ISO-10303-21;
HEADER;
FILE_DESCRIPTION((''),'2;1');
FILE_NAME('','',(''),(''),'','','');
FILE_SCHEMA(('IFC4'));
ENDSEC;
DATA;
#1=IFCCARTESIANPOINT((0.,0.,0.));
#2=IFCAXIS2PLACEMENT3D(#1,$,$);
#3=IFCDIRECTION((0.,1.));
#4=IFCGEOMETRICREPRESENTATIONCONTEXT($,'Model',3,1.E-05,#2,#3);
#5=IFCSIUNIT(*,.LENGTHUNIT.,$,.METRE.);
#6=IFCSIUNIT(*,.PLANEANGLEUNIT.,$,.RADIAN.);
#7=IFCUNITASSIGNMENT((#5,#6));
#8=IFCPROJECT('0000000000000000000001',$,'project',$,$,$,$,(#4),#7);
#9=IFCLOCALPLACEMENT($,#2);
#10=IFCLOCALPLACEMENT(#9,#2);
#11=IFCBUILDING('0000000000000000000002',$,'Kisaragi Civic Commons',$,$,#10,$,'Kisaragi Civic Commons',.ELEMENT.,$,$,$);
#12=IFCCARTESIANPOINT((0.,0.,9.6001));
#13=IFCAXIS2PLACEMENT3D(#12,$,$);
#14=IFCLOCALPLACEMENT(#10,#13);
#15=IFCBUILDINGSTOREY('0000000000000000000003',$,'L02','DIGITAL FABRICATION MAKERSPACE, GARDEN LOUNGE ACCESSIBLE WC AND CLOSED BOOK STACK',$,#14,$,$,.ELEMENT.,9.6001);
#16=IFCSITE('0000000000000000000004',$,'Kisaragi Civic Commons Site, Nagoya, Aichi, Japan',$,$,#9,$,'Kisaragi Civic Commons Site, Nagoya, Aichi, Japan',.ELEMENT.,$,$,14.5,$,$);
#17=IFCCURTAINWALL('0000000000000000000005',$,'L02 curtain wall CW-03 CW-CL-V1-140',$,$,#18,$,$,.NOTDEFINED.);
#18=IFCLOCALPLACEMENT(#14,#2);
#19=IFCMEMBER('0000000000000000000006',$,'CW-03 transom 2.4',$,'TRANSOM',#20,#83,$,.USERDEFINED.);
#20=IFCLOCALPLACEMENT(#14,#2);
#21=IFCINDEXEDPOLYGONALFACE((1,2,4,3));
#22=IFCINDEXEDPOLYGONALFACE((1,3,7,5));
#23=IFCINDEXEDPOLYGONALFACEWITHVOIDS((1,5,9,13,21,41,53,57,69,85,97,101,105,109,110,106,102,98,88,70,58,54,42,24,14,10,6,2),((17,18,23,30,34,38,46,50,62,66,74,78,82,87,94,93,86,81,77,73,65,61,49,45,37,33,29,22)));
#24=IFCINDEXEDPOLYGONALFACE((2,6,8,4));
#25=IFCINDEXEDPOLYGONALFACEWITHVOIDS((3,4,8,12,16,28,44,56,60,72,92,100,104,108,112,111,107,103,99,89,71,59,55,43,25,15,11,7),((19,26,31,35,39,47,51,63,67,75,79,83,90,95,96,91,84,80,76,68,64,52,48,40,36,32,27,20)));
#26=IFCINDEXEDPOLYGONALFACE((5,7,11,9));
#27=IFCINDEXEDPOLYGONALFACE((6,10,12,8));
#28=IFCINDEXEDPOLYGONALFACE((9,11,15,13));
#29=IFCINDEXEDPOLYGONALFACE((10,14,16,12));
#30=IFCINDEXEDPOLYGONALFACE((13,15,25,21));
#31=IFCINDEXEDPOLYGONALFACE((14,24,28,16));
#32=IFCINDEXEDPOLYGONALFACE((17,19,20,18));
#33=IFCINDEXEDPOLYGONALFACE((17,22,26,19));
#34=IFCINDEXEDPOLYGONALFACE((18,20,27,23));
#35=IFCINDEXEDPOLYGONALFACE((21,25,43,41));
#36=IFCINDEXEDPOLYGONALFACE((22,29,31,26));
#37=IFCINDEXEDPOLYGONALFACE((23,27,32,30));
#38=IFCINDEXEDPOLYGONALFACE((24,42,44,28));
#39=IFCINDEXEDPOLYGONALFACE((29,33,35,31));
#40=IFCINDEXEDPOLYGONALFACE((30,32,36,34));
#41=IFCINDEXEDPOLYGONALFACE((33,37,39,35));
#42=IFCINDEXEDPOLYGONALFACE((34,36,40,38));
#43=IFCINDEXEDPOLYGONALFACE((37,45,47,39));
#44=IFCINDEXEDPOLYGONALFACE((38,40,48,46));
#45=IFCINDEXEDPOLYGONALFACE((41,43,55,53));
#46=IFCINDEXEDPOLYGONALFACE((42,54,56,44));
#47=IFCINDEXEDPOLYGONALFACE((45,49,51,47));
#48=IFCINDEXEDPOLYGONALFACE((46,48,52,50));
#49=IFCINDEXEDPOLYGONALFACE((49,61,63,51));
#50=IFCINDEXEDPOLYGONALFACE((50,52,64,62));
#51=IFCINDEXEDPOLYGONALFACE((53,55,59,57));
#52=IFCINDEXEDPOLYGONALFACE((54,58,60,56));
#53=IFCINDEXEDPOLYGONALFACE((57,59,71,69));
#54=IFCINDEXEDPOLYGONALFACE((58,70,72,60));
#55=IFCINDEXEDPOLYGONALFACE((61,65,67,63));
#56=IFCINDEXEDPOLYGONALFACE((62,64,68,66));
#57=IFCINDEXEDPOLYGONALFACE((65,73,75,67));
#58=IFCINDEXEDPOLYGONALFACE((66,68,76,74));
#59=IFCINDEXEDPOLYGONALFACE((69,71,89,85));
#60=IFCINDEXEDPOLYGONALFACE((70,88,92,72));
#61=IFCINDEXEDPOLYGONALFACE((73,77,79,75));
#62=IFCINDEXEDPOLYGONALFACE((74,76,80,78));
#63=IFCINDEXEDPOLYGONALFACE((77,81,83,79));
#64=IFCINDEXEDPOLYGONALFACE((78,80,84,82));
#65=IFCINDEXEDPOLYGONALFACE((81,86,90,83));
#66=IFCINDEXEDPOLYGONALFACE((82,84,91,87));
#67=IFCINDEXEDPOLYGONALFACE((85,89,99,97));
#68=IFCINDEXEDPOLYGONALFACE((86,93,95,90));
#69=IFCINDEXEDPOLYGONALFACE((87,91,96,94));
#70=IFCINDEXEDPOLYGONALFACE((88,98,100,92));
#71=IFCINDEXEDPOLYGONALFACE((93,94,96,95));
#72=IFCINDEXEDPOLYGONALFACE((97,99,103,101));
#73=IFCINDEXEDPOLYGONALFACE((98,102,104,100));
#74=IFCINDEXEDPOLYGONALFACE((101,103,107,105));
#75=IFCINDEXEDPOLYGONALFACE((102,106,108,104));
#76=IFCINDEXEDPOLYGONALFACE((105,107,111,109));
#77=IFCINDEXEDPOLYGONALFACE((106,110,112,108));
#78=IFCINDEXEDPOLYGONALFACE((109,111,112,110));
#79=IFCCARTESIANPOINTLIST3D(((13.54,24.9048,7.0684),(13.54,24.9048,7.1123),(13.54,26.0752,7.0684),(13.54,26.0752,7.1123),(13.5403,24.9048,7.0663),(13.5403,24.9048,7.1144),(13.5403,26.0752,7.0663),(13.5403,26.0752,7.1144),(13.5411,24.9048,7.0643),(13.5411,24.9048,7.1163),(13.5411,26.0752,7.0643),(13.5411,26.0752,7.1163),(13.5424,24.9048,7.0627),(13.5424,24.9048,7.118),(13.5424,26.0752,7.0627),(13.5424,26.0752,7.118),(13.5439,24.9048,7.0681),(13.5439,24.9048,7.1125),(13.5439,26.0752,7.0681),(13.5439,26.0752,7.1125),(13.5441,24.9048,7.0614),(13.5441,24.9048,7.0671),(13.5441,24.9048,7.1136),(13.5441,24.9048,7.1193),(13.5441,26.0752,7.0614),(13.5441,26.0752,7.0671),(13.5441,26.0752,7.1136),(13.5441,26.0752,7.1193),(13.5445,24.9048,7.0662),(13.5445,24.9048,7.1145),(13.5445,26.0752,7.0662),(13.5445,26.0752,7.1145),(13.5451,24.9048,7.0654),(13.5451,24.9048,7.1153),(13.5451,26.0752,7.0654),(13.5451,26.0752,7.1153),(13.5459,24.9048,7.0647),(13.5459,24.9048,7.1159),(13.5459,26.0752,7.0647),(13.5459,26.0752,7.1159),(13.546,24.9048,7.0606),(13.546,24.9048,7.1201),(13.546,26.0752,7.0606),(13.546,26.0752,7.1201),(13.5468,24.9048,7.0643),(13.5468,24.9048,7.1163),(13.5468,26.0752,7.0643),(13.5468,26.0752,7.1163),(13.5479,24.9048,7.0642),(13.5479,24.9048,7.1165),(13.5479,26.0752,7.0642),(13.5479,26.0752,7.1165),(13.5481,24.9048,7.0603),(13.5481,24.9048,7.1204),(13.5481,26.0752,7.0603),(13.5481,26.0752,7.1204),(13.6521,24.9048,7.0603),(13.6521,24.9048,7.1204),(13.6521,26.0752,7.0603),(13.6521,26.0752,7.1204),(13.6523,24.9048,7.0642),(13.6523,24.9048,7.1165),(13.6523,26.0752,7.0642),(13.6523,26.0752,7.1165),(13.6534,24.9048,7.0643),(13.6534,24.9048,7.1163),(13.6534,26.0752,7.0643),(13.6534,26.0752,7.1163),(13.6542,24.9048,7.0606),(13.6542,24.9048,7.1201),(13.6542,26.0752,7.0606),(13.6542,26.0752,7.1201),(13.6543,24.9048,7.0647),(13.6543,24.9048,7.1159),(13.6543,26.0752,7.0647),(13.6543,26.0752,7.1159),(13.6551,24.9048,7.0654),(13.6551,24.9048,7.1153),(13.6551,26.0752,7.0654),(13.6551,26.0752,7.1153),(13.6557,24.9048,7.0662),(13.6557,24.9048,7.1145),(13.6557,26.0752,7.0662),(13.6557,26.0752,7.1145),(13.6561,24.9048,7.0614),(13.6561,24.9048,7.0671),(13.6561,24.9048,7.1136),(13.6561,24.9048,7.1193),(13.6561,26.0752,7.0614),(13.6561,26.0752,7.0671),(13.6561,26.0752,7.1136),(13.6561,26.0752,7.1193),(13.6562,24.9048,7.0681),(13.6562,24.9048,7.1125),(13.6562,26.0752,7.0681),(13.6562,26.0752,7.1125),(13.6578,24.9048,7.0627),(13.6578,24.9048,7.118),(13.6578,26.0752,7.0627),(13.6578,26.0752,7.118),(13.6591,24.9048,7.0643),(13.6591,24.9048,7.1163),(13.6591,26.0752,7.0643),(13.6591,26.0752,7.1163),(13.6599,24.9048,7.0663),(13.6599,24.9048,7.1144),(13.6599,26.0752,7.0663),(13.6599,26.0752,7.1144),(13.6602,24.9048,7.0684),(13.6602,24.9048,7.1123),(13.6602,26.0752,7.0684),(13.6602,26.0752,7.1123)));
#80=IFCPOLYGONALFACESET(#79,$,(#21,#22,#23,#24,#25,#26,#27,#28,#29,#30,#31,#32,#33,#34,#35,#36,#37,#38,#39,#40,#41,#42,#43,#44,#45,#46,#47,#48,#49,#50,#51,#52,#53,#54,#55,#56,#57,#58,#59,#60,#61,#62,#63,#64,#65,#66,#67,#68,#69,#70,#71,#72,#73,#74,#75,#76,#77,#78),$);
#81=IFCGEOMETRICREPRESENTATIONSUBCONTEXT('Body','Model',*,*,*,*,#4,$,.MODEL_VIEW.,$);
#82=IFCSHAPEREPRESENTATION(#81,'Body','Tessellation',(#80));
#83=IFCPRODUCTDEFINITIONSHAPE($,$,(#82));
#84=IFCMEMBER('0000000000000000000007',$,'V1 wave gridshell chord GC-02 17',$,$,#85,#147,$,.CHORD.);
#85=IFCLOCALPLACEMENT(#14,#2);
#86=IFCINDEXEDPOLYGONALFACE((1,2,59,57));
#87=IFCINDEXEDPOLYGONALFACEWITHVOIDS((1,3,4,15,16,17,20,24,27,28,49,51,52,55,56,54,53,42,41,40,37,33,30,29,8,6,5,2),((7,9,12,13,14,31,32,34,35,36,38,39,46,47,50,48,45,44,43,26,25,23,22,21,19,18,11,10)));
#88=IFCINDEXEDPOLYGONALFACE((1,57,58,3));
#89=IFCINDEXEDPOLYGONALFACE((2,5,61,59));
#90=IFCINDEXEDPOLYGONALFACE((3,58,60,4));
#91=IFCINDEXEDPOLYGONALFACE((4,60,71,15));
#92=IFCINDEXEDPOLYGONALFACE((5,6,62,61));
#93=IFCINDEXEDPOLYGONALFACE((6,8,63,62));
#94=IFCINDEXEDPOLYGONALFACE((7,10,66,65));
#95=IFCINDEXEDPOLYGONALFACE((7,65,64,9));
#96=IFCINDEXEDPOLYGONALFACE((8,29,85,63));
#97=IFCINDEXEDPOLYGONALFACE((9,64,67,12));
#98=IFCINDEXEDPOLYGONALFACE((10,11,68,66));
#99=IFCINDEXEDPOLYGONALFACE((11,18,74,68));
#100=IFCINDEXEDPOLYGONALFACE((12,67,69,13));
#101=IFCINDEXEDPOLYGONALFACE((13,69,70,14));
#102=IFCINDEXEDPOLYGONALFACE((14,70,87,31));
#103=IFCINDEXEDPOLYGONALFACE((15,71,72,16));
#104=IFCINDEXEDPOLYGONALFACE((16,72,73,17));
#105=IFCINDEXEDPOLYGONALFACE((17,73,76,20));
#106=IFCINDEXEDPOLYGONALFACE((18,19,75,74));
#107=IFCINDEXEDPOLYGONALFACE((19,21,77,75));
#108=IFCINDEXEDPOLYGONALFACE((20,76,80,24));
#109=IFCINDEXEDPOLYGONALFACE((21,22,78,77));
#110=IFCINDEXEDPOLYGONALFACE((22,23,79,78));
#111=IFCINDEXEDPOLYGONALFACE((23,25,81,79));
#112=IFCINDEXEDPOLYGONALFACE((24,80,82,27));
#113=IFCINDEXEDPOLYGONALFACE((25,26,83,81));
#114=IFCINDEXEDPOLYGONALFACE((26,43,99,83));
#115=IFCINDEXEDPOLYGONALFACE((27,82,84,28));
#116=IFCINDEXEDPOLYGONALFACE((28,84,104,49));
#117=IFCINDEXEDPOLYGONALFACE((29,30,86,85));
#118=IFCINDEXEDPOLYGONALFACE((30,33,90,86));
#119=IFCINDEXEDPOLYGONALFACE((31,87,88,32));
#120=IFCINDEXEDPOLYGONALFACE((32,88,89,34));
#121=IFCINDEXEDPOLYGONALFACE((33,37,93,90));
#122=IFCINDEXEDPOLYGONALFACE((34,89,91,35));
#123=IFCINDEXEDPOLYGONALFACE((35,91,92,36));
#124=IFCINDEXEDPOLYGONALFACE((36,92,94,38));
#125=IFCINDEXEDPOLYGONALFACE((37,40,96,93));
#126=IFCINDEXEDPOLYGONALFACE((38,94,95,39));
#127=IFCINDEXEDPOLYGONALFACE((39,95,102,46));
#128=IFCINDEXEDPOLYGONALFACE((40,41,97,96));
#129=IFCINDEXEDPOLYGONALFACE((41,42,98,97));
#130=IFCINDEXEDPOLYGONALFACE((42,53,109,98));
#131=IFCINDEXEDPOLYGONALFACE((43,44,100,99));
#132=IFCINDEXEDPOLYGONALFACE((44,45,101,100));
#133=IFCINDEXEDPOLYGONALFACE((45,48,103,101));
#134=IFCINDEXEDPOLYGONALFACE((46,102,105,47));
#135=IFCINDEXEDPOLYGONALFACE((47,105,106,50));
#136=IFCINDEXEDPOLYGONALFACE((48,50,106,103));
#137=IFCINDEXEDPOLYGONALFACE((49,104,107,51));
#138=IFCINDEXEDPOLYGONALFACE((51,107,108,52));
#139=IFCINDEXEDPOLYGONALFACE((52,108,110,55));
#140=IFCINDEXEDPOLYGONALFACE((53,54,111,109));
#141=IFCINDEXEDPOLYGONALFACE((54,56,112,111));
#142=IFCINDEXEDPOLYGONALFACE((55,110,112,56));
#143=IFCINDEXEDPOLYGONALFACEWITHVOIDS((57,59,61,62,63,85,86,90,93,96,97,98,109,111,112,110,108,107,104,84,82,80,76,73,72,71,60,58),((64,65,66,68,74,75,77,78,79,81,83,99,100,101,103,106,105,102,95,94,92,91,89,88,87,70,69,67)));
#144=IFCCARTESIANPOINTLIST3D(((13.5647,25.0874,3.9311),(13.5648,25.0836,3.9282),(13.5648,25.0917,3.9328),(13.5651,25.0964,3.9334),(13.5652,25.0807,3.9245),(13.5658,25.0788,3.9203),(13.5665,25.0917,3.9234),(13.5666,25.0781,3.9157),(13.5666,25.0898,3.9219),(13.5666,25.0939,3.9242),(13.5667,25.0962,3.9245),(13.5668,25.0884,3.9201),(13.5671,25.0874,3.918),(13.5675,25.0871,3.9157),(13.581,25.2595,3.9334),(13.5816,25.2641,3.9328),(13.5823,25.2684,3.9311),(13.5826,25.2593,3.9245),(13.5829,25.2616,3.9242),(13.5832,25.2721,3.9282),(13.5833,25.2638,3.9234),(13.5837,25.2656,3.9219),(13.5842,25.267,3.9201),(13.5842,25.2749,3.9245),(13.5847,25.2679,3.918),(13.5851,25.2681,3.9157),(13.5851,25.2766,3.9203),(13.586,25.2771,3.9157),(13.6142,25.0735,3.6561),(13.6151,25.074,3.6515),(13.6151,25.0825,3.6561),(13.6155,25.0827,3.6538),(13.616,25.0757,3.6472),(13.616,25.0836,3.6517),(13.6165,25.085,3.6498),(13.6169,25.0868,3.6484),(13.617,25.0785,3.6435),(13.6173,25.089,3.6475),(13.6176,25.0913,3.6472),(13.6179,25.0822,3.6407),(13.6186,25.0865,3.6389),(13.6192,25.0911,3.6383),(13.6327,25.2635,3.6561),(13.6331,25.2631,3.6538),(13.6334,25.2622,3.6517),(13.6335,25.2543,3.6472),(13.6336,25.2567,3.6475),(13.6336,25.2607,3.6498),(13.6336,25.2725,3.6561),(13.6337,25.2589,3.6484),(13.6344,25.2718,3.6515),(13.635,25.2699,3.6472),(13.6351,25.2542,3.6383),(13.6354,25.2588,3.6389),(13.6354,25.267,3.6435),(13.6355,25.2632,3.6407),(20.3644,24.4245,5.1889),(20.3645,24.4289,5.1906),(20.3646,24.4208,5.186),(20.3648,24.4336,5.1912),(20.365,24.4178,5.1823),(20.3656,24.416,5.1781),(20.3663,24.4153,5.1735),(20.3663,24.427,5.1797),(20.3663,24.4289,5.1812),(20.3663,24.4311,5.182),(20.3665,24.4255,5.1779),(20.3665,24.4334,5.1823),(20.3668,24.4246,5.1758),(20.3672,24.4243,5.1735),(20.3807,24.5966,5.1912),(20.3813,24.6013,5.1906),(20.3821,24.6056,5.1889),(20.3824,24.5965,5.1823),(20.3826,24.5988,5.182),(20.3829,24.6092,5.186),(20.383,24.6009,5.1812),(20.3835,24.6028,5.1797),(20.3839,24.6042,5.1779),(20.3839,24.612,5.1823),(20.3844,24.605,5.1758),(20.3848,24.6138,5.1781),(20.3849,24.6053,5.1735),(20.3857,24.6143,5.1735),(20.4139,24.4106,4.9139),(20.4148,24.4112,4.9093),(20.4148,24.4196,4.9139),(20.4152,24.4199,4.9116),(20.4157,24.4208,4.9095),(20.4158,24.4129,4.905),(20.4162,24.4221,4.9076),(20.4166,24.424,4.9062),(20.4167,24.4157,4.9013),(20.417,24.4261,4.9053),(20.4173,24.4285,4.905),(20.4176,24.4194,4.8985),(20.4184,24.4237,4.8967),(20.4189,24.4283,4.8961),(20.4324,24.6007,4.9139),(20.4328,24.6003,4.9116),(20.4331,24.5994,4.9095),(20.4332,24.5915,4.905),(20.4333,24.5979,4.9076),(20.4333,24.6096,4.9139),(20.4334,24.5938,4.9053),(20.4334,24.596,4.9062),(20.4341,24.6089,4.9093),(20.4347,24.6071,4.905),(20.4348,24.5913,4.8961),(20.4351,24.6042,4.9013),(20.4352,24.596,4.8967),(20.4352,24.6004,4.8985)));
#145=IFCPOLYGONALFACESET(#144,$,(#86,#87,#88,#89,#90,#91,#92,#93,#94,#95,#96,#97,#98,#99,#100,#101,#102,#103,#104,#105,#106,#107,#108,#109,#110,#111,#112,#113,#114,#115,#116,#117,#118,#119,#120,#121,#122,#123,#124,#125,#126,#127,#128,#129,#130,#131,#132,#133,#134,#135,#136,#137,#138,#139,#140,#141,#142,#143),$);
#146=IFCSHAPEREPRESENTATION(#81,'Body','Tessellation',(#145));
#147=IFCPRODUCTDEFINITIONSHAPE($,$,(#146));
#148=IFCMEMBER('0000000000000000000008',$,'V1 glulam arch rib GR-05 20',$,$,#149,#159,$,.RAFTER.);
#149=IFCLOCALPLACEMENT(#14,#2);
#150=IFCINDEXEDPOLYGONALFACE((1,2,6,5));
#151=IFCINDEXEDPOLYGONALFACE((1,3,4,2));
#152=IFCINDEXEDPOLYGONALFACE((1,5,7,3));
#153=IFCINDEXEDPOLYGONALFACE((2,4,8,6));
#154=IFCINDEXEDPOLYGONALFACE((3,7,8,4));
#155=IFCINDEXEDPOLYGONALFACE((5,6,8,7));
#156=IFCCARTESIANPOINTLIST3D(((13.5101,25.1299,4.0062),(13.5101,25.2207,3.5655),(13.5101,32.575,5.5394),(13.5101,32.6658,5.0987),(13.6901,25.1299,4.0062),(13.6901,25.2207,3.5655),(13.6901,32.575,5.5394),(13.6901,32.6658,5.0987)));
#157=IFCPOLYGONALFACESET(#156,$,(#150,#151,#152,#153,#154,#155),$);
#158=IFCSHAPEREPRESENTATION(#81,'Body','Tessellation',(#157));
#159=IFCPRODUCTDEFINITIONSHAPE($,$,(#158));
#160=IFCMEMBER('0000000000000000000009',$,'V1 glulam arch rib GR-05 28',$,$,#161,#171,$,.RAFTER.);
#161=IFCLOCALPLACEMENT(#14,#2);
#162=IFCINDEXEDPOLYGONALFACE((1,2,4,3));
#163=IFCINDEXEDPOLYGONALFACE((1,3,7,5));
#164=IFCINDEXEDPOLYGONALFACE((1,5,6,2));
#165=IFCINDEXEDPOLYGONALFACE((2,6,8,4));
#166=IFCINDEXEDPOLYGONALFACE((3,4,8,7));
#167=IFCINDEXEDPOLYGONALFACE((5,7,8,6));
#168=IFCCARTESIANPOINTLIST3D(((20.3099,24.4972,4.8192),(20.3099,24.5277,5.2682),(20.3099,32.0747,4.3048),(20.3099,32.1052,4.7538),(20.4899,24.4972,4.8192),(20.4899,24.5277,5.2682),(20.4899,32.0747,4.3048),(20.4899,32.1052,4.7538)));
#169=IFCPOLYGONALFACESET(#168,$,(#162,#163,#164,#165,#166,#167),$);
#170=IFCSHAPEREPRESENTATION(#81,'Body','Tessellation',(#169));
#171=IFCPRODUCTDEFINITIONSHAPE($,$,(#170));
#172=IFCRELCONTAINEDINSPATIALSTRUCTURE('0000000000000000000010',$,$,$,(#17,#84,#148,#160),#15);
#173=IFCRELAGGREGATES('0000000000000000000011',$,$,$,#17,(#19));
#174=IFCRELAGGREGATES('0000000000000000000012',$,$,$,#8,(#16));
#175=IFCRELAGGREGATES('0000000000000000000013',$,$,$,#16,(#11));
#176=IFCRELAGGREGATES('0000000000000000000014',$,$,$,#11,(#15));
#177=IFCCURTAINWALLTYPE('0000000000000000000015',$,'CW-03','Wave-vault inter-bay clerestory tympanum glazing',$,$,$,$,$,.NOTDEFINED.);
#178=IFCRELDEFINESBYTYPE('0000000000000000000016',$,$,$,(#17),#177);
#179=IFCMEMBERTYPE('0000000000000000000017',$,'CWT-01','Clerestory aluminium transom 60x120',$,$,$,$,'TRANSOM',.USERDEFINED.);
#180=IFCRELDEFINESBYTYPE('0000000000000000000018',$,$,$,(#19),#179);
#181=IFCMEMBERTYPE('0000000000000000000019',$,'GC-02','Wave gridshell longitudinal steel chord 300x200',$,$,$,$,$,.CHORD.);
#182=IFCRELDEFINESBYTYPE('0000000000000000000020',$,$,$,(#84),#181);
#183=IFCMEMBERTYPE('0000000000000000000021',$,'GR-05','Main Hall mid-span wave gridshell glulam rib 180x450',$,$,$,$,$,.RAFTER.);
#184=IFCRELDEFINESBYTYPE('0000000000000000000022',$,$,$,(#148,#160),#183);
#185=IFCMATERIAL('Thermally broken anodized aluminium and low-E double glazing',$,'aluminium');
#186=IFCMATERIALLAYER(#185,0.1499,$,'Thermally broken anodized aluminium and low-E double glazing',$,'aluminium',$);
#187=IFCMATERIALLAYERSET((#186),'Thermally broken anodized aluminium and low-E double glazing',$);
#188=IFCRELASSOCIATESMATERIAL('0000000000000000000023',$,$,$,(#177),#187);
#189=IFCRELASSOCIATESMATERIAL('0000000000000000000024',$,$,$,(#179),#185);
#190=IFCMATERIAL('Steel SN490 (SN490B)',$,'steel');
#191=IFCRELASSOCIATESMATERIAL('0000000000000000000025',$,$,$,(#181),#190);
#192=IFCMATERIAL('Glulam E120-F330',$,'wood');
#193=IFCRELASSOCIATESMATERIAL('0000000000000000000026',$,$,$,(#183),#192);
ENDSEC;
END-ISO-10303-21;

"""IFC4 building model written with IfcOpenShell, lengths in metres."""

from ifc_helpers import new_model, si_unit, direction, frame, origin, origin_2d, place, context, subcontext, project, spatial, rectangle, hollow_rectangle, extrude, material, layer, layer_set, material_profile, profile_set, type_object, element, aggregate, save


model = new_model("IFC4")

# Units and contexts
model_context = context("Model", 3, precision=1e-05, world=origin(), true_north=direction((0.0, 1.0)))
body_context = subcontext(model_context, "Body", "Model", "MODEL_VIEW")
ifc_project = project(units=[si_unit("LENGTHUNIT", "METRE"), si_unit("PLANEANGLEUNIT", "RADIAN")], contexts=[model_context])

# Site, building, storey
site_placement = place(None, origin())
site = spatial("IfcSite", under=ifc_project, at=site_placement, Name="Kisaragi Civic Commons Site, Nagoya, Aichi, Japan", LongName="Kisaragi Civic Commons Site, Nagoya, Aichi, Japan", CompositionType="ELEMENT", RefElevation=14.5)
building_placement = place(site_placement, origin())
building = spatial("IfcBuilding", under=site, at=building_placement, Name="Kisaragi Civic Commons", LongName="Kisaragi Civic Commons", CompositionType="ELEMENT")
storey_placement = place(building_placement, frame((0.0, 0.0, 9.6001)))
storey = spatial("IfcBuildingStorey", under=building, at=storey_placement, Name="L02", Description="DIGITAL FABRICATION MAKERSPACE, GARDEN LOUNGE ACCESSIBLE WC AND CLOSED BOOK STACK", CompositionType="ELEMENT", Elevation=9.6001)

# Curtain wall, member
ifc_material_1 = material(Name="Thermally broken anodized aluminium and low-E double glazing", Category="aluminium")
ifc_layer_1 = layer(ifc_material_1, 0.1499, Name="Thermally broken anodized aluminium and low-E double glazing", Category="aluminium")
ifc_layer_set_1 = layer_set([ifc_layer_1], Name="Thermally broken anodized aluminium and low-E double glazing")
curtain_wall_type = type_object("IfcCurtainWallType", Name="CW-03", Description="Wave-vault inter-bay clerestory tympanum glazing", PredefinedType="NOTDEFINED", material=ifc_layer_set_1)
curtain_wall_placement = place(storey_placement, origin())
curtain_wall = element("IfcCurtainWall", 1, at=curtain_wall_placement, inside=storey, type_object=curtain_wall_type, Name="L02 curtain wall CW-03 CW-CL-V1-140", PredefinedType="NOTDEFINED")
ifc_material_profile_1 = material_profile(ifc_material_1, hollow_rectangle(XDim=0.1201, YDim=0.0601, WallThickness=0.0039, InnerFilletRadius=0.0039, OuterFilletRadius=0.0081, at=origin_2d()), Name="CWT-60x120x4", Category="aluminium")
ifc_profile_set_1 = profile_set([ifc_material_profile_1], Name="Thermally broken anodized aluminium and low-E double glazing")
member_type_1 = type_object("IfcMemberType", Name="CWT-01", Description="Clerestory aluminium transom 60x120", ElementType="TRANSOM", PredefinedType="USERDEFINED", material=ifc_profile_set_1)
member_1_placement = place(storey_placement, frame((13.6001, 24.9048, 7.0903), z_axis=(0.0, 1.0, 0.0), x_axis=(-1.0, 0.0, 0.0)))
member_1 = element("IfcMember", 2, at=member_1_placement, type_object=member_type_1, Name="CW-03 transom 2.4", ObjectType="TRANSOM", PredefinedType="USERDEFINED", context=body_context, shape_type="SweptSolid", body=[
    extrude(hollow_rectangle(XDim=0.1201, YDim=0.0601, WallThickness=0.0039, InnerFilletRadius=0.0039, OuterFilletRadius=0.0081, at=origin_2d()), origin(), (0.0, 0.0, 1.0), 1.1704),
])

# Members
ifc_material_2 = material(Name="Steel SN490 (SN490B)", Category="steel")
ifc_material_profile_2 = material_profile(ifc_material_2, hollow_rectangle(XDim=0.2, YDim=0.3, WallThickness=0.009, InnerFilletRadius=0.009, OuterFilletRadius=0.0181, at=origin_2d()), Name="STKR-300x200x9", Category="steel")
ifc_profile_set_2 = profile_set([ifc_material_profile_2], Name="Steel SN490 (SN490B)")
member_type_2 = type_object("IfcMemberType", Name="GC-02", Description="Wave gridshell longitudinal steel chord 300x200", PredefinedType="CHORD", material=ifc_profile_set_2)
member_2_placement = place(storey_placement, frame((13.6001, 25.1753, 3.7859), z_axis=(0.978832, -0.095416, 0.181062), x_axis=(0.09702, 0.995282, 0.0)))
element("IfcMember", 3, at=member_2_placement, inside=storey, type_object=member_type_2, Name="V1 wave gridshell chord GC-02 17", PredefinedType="CHORD", context=body_context, shape_type="SweptSolid", body=[
    extrude(hollow_rectangle(XDim=0.2, YDim=0.3, WallThickness=0.009, InnerFilletRadius=0.009, OuterFilletRadius=0.0181, at=origin_2d()), origin(), (0.0, 0.0, 1.0), 6.9468),
])
ifc_material_3 = material(Name="Glulam E120-F330", Category="wood")
ifc_material_profile_3 = material_profile(ifc_material_3, rectangle(XDim=0.1799, YDim=0.45, at=origin_2d()), Name="GL-180x450", Category="wood")
ifc_profile_set_3 = profile_set([ifc_material_profile_3], Name="Glulam E120-F330")
member_type_3 = type_object("IfcMemberType", Name="GR-05", Description="Main Hall mid-span wave gridshell glulam rib 180x450", PredefinedType="RAFTER", material=ifc_profile_set_3)
member_3_placement = place(storey_placement, frame((13.6001, 25.1753, 3.7859), z_axis=(0.0, 0.979447, 0.201703), x_axis=(-1.0, 0.0, 0.0)))
element("IfcMember", 4, at=member_3_placement, inside=storey, type_object=member_type_3, Name="V1 glulam arch rib GR-05 20", PredefinedType="RAFTER", context=body_context, shape_type="SweptSolid", body=[
    extrude(rectangle(XDim=0.1799, YDim=0.45, at=origin_2d()), origin(), (0.0, 0.0, 1.0), 7.6013),
])
member_4_placement = place(storey_placement, frame((20.3999, 24.5125, 5.0437), z_axis=(0.0, 0.997704, -0.067729), x_axis=(-1.0, 0.0, 0.0)))
element("IfcMember", 5, at=member_4_placement, inside=storey, type_object=member_type_3, Name="V1 glulam arch rib GR-05 28", PredefinedType="RAFTER", context=body_context, shape_type="SweptSolid", body=[
    extrude(rectangle(XDim=0.1799, YDim=0.45, at=origin_2d()), origin(), (0.0, 0.0, 1.0), 7.595),
])

aggregate(curtain_wall, [member_1])

save(model, "model.ifc")
